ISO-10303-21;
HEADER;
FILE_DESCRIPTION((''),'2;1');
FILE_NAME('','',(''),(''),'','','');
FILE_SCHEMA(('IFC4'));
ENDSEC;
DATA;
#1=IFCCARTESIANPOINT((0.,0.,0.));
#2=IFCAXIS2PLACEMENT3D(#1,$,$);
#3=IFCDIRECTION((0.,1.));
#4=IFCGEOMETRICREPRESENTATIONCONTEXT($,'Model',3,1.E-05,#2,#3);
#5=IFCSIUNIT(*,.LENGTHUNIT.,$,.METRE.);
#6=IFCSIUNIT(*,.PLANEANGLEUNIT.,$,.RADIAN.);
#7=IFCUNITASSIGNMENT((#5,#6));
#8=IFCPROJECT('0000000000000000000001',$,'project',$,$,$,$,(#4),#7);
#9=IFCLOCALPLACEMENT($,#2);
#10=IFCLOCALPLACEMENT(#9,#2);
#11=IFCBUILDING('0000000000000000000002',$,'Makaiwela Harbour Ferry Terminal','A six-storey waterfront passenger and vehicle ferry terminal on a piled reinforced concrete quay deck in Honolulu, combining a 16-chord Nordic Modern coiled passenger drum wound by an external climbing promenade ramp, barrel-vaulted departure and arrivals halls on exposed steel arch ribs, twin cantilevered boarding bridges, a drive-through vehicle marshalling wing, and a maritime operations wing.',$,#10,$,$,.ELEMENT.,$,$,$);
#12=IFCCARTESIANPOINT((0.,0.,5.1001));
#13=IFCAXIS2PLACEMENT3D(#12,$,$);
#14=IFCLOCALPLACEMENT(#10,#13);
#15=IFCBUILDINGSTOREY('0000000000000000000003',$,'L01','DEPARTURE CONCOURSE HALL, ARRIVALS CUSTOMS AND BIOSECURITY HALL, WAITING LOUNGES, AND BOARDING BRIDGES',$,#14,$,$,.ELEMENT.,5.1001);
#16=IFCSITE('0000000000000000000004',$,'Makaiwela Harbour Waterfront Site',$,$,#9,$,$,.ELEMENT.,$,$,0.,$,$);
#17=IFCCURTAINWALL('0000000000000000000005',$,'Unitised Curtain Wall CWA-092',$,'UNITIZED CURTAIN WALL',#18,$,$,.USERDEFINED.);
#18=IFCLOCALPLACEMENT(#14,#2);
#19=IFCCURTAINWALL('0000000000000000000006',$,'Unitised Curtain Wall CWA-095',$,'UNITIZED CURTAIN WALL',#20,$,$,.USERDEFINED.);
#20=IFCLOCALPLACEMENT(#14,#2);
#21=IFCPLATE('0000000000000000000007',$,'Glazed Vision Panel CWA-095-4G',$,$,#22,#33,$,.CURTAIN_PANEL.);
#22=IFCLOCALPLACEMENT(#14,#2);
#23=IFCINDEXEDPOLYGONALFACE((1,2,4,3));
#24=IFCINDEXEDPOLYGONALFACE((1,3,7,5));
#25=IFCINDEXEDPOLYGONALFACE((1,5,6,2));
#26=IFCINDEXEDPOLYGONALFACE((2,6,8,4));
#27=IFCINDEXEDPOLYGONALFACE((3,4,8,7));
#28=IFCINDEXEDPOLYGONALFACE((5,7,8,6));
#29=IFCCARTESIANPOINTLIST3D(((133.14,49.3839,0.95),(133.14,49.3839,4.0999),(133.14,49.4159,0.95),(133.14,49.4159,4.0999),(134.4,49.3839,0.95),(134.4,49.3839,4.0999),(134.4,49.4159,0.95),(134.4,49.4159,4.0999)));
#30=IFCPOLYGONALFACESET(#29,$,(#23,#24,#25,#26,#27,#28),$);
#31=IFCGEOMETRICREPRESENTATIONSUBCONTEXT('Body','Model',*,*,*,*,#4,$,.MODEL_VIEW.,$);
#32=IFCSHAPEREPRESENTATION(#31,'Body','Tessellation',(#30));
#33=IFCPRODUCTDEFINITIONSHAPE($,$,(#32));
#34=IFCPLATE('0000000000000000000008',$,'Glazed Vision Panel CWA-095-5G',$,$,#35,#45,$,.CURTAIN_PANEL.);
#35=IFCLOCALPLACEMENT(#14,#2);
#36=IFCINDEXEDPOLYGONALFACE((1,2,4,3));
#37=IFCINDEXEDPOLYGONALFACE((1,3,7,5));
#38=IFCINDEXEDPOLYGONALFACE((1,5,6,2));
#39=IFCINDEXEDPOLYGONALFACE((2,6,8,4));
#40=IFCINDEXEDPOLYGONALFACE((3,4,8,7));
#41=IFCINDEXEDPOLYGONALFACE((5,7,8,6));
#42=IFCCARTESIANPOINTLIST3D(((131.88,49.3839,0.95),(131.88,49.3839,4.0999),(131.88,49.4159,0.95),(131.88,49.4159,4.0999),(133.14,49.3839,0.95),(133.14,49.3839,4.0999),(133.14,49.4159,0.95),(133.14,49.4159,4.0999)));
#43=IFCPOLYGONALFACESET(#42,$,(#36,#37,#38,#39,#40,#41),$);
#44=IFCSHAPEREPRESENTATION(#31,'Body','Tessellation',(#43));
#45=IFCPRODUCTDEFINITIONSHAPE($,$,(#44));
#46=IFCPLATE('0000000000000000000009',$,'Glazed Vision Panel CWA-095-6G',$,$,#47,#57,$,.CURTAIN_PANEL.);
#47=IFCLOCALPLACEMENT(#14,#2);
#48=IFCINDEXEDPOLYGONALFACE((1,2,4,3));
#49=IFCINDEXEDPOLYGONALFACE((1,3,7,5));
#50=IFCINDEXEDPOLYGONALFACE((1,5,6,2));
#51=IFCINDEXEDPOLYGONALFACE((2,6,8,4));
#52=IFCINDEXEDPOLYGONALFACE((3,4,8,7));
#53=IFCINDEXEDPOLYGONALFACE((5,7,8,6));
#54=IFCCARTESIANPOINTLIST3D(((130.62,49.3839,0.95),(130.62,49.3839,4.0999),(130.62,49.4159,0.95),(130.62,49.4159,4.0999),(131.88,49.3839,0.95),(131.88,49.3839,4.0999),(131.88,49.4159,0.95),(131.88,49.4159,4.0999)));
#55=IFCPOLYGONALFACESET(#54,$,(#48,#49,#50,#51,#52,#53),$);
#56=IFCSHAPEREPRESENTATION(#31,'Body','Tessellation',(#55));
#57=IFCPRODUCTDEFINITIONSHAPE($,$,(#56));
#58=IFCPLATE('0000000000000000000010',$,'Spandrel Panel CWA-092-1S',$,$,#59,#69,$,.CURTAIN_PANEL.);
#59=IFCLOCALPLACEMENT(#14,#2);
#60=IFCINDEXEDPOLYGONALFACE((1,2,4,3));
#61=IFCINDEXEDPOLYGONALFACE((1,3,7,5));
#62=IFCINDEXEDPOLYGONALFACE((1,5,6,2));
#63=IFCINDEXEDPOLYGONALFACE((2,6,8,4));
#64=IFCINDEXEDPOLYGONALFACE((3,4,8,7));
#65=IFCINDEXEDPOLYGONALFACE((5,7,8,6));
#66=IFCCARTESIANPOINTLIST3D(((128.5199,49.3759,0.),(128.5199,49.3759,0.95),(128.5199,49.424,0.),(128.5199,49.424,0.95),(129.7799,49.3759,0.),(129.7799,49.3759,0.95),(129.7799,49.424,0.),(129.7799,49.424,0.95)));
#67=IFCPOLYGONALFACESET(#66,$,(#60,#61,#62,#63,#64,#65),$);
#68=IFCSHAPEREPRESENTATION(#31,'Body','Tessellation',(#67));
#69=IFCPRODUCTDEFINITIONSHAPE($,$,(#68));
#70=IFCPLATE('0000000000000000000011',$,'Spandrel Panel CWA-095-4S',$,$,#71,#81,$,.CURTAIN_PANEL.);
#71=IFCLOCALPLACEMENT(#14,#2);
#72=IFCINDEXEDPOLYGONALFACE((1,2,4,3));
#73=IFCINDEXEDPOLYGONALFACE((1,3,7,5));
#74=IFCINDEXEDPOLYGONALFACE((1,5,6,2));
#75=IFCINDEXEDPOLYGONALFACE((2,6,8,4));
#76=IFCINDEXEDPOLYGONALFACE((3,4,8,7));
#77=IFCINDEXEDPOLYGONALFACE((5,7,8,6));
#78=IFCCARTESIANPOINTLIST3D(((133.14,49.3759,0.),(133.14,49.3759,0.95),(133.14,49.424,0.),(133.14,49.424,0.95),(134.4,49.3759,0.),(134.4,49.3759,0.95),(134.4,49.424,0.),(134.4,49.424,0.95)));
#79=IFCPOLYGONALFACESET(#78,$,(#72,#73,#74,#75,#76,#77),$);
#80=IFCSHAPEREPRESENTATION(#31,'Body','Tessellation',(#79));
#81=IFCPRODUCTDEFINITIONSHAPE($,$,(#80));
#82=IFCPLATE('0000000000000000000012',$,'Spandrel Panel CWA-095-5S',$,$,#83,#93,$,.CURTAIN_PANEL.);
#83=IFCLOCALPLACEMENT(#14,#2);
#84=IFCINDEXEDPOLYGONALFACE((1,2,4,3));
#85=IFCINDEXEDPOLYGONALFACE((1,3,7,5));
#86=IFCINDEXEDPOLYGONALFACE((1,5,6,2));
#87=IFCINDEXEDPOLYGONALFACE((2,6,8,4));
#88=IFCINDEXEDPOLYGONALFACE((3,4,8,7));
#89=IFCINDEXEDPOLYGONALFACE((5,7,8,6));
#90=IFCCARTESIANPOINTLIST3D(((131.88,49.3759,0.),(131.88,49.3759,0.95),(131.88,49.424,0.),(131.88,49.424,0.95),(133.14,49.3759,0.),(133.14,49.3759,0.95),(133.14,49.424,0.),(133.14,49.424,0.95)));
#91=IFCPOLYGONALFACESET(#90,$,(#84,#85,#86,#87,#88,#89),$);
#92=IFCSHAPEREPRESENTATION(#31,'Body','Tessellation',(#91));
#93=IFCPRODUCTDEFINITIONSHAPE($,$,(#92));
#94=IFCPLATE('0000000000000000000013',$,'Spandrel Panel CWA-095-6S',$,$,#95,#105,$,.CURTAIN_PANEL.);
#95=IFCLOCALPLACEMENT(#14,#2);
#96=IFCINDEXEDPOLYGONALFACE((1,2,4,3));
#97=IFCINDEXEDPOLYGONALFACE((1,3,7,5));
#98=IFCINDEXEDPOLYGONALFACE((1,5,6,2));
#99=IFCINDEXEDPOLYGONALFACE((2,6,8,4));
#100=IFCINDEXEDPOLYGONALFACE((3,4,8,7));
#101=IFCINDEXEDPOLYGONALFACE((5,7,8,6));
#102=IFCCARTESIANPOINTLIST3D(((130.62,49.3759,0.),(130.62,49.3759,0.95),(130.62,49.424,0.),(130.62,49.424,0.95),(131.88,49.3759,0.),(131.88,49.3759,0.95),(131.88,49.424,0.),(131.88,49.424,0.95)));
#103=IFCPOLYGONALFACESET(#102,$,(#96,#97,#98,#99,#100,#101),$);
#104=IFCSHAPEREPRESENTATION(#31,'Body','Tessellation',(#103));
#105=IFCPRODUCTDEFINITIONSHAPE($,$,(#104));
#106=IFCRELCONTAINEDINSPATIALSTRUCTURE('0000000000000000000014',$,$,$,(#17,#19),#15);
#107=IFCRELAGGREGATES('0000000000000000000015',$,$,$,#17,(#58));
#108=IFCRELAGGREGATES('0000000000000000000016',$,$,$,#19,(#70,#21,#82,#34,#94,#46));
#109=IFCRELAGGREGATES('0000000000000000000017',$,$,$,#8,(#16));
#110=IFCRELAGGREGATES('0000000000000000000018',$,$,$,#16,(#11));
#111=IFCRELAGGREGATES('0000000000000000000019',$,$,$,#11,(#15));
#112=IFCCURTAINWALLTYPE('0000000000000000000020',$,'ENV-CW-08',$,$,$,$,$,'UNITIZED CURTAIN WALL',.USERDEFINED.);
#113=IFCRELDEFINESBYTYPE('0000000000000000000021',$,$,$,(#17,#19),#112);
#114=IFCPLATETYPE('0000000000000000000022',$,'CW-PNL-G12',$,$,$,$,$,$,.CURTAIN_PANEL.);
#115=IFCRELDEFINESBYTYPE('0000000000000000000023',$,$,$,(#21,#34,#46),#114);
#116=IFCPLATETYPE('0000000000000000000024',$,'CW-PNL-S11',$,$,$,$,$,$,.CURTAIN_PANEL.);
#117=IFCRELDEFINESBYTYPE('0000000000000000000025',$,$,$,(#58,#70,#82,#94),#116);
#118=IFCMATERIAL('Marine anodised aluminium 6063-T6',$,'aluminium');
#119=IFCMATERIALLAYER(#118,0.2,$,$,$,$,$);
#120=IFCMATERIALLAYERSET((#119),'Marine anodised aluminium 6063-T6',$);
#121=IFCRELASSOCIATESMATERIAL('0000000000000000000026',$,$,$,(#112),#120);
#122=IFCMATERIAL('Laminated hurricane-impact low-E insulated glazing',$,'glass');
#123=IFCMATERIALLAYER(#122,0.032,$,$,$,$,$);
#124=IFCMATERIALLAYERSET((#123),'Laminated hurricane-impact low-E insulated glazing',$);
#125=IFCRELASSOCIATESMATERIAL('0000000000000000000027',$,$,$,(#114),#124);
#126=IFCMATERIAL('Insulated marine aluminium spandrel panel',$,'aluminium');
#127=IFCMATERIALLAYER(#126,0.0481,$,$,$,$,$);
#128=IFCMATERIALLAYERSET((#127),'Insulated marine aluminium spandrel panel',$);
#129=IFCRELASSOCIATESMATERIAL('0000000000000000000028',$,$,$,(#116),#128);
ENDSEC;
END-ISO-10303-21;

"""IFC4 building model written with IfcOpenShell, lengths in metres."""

from ifc_helpers import new_model, si_unit, direction, frame, origin, origin_2d, place, context, subcontext, project, spatial, rectangle, extrude, material, layer, layer_set, type_object, element, aggregate, save


model = new_model("IFC4")

# Units and contexts
model_context = context("Model", 3, precision=1e-05, world=origin(), true_north=direction((0.0, 1.0)))
body_context = subcontext(model_context, "Body", "Model", "MODEL_VIEW")
ifc_project = project(units=[si_unit("LENGTHUNIT", "METRE"), si_unit("PLANEANGLEUNIT", "RADIAN")], contexts=[model_context])

# Site, building, storey
site_placement = place(None, origin())
site = spatial("IfcSite", under=ifc_project, at=site_placement, Name="Makaiwela Harbour Waterfront Site", CompositionType="ELEMENT", RefElevation=0.0)
building_placement = place(site_placement, origin())
building = spatial("IfcBuilding", under=site, at=building_placement, Name="Makaiwela Harbour Ferry Terminal", Description="A six-storey waterfront passenger and vehicle ferry terminal on a piled reinforced concrete quay deck in Honolulu, combining a 16-chord Nordic Modern coiled passenger drum wound by an external climbing promenade ramp, barrel-vaulted departure and arrivals halls on exposed steel arch ribs, twin cantilevered boarding bridges, a drive-through vehicle marshalling wing, and a maritime operations wing.", CompositionType="ELEMENT")
storey_placement = place(building_placement, frame((0.0, 0.0, 5.1001)))
storey = spatial("IfcBuildingStorey", under=building, at=storey_placement, Name="L01", Description="DEPARTURE CONCOURSE HALL, ARRIVALS CUSTOMS AND BIOSECURITY HALL, WAITING LOUNGES, AND BOARDING BRIDGES", CompositionType="ELEMENT", Elevation=5.1001)

# Curtain wall
ifc_material_1 = material(Name="Marine anodised aluminium 6063-T6", Category="aluminium")
ifc_layer_1 = layer(ifc_material_1, 0.2)
ifc_layer_set_1 = layer_set([ifc_layer_1], Name="Marine anodised aluminium 6063-T6")
curtain_wall_type = type_object("IfcCurtainWallType", Name="ENV-CW-08", ElementType="UNITIZED CURTAIN WALL", PredefinedType="USERDEFINED", material=ifc_layer_set_1)
curtain_wall_1_placement = place(storey_placement, origin())
curtain_wall_1 = element("IfcCurtainWall", 1, at=curtain_wall_1_placement, inside=storey, type_object=curtain_wall_type, Name="Unitised Curtain Wall CWA-092", ObjectType="UNITIZED CURTAIN WALL", PredefinedType="USERDEFINED")

# Curtain wall
curtain_wall_2_placement = place(storey_placement, origin())
curtain_wall_2 = element("IfcCurtainWall", 2, at=curtain_wall_2_placement, inside=storey, type_object=curtain_wall_type, Name="Unitised Curtain Wall CWA-095", ObjectType="UNITIZED CURTAIN WALL", PredefinedType="USERDEFINED")

# Plates
ifc_material_2 = material(Name="Laminated hurricane-impact low-E insulated glazing", Category="glass")
ifc_layer_2 = layer(ifc_material_2, 0.032)
ifc_layer_set_2 = layer_set([ifc_layer_2], Name="Laminated hurricane-impact low-E insulated glazing")
plate_type_1 = type_object("IfcPlateType", Name="CW-PNL-G12", PredefinedType="CURTAIN_PANEL", material=ifc_layer_set_2)
plate_1_placement = place(storey_placement, frame((133.77, 49.3999, 0.95), z_axis=(0.0, 0.0, 1.0), x_axis=(-1.0, 0.0, 0.0)))
plate_1 = element("IfcPlate", 3, at=plate_1_placement, type_object=plate_type_1, Name="Glazed Vision Panel CWA-095-4G", PredefinedType="CURTAIN_PANEL", context=body_context, shape_type="SweptSolid", body=[
    extrude(rectangle(XDim=1.26, YDim=0.032, at=origin_2d()), origin(), (0.0, 0.0, 1.0), 3.1499),
])
plate_2_placement = place(storey_placement, frame((132.51, 49.3999, 0.95), z_axis=(0.0, 0.0, 1.0), x_axis=(-1.0, 0.0, 0.0)))
plate_2 = element("IfcPlate", 4, at=plate_2_placement, type_object=plate_type_1, Name="Glazed Vision Panel CWA-095-5G", PredefinedType="CURTAIN_PANEL", context=body_context, shape_type="SweptSolid", body=[
    extrude(rectangle(XDim=1.26, YDim=0.032, at=origin_2d()), origin(), (0.0, 0.0, 1.0), 3.1499),
])
plate_3_placement = place(storey_placement, frame((131.25, 49.3999, 0.95), z_axis=(0.0, 0.0, 1.0), x_axis=(-1.0, 0.0, 0.0)))
plate_3 = element("IfcPlate", 5, at=plate_3_placement, type_object=plate_type_1, Name="Glazed Vision Panel CWA-095-6G", PredefinedType="CURTAIN_PANEL", context=body_context, shape_type="SweptSolid", body=[
    extrude(rectangle(XDim=1.26, YDim=0.032, at=origin_2d()), origin(), (0.0, 0.0, 1.0), 3.1499),
])
ifc_material_3 = material(Name="Insulated marine aluminium spandrel panel", Category="aluminium")
ifc_layer_3 = layer(ifc_material_3, 0.0481)
ifc_layer_set_3 = layer_set([ifc_layer_3], Name="Insulated marine aluminium spandrel panel")
plate_type_2 = type_object("IfcPlateType", Name="CW-PNL-S11", PredefinedType="CURTAIN_PANEL", material=ifc_layer_set_3)
plate_4_placement = place(storey_placement, frame((129.1499, 49.3999, 0.0), z_axis=(0.0, 0.0, 1.0), x_axis=(-1.0, 0.0, 0.0)))
plate_4 = element("IfcPlate", 6, at=plate_4_placement, type_object=plate_type_2, Name="Spandrel Panel CWA-092-1S", PredefinedType="CURTAIN_PANEL", context=body_context, shape_type="SweptSolid", body=[
    extrude(rectangle(XDim=1.26, YDim=0.0481, at=origin_2d()), origin(), (0.0, 0.0, 1.0), 0.95),
])
aggregate(curtain_wall_1, [plate_4])
plate_5_placement = place(storey_placement, frame((133.77, 49.3999, 0.0), z_axis=(0.0, 0.0, 1.0), x_axis=(-1.0, 0.0, 0.0)))
plate_5 = element("IfcPlate", 7, at=plate_5_placement, type_object=plate_type_2, Name="Spandrel Panel CWA-095-4S", PredefinedType="CURTAIN_PANEL", context=body_context, shape_type="SweptSolid", body=[
    extrude(rectangle(XDim=1.26, YDim=0.0481, at=origin_2d()), origin(), (0.0, 0.0, 1.0), 0.95),
])
plate_6_placement = place(storey_placement, frame((132.51, 49.3999, 0.0), z_axis=(0.0, 0.0, 1.0), x_axis=(-1.0, 0.0, 0.0)))
plate_6 = element("IfcPlate", 8, at=plate_6_placement, type_object=plate_type_2, Name="Spandrel Panel CWA-095-5S", PredefinedType="CURTAIN_PANEL", context=body_context, shape_type="SweptSolid", body=[
    extrude(rectangle(XDim=1.26, YDim=0.0481, at=origin_2d()), origin(), (0.0, 0.0, 1.0), 0.95),
])
plate_7_placement = place(storey_placement, frame((131.25, 49.3999, 0.0), z_axis=(0.0, 0.0, 1.0), x_axis=(-1.0, 0.0, 0.0)))
plate_7 = element("IfcPlate", 9, at=plate_7_placement, type_object=plate_type_2, Name="Spandrel Panel CWA-095-6S", PredefinedType="CURTAIN_PANEL", context=body_context, shape_type="SweptSolid", body=[
    extrude(rectangle(XDim=1.26, YDim=0.0481, at=origin_2d()), origin(), (0.0, 0.0, 1.0), 0.95),
])
aggregate(curtain_wall_2, [plate_5, plate_1, plate_6, plate_2, plate_7, plate_3])

save(model, "model.ifc")
